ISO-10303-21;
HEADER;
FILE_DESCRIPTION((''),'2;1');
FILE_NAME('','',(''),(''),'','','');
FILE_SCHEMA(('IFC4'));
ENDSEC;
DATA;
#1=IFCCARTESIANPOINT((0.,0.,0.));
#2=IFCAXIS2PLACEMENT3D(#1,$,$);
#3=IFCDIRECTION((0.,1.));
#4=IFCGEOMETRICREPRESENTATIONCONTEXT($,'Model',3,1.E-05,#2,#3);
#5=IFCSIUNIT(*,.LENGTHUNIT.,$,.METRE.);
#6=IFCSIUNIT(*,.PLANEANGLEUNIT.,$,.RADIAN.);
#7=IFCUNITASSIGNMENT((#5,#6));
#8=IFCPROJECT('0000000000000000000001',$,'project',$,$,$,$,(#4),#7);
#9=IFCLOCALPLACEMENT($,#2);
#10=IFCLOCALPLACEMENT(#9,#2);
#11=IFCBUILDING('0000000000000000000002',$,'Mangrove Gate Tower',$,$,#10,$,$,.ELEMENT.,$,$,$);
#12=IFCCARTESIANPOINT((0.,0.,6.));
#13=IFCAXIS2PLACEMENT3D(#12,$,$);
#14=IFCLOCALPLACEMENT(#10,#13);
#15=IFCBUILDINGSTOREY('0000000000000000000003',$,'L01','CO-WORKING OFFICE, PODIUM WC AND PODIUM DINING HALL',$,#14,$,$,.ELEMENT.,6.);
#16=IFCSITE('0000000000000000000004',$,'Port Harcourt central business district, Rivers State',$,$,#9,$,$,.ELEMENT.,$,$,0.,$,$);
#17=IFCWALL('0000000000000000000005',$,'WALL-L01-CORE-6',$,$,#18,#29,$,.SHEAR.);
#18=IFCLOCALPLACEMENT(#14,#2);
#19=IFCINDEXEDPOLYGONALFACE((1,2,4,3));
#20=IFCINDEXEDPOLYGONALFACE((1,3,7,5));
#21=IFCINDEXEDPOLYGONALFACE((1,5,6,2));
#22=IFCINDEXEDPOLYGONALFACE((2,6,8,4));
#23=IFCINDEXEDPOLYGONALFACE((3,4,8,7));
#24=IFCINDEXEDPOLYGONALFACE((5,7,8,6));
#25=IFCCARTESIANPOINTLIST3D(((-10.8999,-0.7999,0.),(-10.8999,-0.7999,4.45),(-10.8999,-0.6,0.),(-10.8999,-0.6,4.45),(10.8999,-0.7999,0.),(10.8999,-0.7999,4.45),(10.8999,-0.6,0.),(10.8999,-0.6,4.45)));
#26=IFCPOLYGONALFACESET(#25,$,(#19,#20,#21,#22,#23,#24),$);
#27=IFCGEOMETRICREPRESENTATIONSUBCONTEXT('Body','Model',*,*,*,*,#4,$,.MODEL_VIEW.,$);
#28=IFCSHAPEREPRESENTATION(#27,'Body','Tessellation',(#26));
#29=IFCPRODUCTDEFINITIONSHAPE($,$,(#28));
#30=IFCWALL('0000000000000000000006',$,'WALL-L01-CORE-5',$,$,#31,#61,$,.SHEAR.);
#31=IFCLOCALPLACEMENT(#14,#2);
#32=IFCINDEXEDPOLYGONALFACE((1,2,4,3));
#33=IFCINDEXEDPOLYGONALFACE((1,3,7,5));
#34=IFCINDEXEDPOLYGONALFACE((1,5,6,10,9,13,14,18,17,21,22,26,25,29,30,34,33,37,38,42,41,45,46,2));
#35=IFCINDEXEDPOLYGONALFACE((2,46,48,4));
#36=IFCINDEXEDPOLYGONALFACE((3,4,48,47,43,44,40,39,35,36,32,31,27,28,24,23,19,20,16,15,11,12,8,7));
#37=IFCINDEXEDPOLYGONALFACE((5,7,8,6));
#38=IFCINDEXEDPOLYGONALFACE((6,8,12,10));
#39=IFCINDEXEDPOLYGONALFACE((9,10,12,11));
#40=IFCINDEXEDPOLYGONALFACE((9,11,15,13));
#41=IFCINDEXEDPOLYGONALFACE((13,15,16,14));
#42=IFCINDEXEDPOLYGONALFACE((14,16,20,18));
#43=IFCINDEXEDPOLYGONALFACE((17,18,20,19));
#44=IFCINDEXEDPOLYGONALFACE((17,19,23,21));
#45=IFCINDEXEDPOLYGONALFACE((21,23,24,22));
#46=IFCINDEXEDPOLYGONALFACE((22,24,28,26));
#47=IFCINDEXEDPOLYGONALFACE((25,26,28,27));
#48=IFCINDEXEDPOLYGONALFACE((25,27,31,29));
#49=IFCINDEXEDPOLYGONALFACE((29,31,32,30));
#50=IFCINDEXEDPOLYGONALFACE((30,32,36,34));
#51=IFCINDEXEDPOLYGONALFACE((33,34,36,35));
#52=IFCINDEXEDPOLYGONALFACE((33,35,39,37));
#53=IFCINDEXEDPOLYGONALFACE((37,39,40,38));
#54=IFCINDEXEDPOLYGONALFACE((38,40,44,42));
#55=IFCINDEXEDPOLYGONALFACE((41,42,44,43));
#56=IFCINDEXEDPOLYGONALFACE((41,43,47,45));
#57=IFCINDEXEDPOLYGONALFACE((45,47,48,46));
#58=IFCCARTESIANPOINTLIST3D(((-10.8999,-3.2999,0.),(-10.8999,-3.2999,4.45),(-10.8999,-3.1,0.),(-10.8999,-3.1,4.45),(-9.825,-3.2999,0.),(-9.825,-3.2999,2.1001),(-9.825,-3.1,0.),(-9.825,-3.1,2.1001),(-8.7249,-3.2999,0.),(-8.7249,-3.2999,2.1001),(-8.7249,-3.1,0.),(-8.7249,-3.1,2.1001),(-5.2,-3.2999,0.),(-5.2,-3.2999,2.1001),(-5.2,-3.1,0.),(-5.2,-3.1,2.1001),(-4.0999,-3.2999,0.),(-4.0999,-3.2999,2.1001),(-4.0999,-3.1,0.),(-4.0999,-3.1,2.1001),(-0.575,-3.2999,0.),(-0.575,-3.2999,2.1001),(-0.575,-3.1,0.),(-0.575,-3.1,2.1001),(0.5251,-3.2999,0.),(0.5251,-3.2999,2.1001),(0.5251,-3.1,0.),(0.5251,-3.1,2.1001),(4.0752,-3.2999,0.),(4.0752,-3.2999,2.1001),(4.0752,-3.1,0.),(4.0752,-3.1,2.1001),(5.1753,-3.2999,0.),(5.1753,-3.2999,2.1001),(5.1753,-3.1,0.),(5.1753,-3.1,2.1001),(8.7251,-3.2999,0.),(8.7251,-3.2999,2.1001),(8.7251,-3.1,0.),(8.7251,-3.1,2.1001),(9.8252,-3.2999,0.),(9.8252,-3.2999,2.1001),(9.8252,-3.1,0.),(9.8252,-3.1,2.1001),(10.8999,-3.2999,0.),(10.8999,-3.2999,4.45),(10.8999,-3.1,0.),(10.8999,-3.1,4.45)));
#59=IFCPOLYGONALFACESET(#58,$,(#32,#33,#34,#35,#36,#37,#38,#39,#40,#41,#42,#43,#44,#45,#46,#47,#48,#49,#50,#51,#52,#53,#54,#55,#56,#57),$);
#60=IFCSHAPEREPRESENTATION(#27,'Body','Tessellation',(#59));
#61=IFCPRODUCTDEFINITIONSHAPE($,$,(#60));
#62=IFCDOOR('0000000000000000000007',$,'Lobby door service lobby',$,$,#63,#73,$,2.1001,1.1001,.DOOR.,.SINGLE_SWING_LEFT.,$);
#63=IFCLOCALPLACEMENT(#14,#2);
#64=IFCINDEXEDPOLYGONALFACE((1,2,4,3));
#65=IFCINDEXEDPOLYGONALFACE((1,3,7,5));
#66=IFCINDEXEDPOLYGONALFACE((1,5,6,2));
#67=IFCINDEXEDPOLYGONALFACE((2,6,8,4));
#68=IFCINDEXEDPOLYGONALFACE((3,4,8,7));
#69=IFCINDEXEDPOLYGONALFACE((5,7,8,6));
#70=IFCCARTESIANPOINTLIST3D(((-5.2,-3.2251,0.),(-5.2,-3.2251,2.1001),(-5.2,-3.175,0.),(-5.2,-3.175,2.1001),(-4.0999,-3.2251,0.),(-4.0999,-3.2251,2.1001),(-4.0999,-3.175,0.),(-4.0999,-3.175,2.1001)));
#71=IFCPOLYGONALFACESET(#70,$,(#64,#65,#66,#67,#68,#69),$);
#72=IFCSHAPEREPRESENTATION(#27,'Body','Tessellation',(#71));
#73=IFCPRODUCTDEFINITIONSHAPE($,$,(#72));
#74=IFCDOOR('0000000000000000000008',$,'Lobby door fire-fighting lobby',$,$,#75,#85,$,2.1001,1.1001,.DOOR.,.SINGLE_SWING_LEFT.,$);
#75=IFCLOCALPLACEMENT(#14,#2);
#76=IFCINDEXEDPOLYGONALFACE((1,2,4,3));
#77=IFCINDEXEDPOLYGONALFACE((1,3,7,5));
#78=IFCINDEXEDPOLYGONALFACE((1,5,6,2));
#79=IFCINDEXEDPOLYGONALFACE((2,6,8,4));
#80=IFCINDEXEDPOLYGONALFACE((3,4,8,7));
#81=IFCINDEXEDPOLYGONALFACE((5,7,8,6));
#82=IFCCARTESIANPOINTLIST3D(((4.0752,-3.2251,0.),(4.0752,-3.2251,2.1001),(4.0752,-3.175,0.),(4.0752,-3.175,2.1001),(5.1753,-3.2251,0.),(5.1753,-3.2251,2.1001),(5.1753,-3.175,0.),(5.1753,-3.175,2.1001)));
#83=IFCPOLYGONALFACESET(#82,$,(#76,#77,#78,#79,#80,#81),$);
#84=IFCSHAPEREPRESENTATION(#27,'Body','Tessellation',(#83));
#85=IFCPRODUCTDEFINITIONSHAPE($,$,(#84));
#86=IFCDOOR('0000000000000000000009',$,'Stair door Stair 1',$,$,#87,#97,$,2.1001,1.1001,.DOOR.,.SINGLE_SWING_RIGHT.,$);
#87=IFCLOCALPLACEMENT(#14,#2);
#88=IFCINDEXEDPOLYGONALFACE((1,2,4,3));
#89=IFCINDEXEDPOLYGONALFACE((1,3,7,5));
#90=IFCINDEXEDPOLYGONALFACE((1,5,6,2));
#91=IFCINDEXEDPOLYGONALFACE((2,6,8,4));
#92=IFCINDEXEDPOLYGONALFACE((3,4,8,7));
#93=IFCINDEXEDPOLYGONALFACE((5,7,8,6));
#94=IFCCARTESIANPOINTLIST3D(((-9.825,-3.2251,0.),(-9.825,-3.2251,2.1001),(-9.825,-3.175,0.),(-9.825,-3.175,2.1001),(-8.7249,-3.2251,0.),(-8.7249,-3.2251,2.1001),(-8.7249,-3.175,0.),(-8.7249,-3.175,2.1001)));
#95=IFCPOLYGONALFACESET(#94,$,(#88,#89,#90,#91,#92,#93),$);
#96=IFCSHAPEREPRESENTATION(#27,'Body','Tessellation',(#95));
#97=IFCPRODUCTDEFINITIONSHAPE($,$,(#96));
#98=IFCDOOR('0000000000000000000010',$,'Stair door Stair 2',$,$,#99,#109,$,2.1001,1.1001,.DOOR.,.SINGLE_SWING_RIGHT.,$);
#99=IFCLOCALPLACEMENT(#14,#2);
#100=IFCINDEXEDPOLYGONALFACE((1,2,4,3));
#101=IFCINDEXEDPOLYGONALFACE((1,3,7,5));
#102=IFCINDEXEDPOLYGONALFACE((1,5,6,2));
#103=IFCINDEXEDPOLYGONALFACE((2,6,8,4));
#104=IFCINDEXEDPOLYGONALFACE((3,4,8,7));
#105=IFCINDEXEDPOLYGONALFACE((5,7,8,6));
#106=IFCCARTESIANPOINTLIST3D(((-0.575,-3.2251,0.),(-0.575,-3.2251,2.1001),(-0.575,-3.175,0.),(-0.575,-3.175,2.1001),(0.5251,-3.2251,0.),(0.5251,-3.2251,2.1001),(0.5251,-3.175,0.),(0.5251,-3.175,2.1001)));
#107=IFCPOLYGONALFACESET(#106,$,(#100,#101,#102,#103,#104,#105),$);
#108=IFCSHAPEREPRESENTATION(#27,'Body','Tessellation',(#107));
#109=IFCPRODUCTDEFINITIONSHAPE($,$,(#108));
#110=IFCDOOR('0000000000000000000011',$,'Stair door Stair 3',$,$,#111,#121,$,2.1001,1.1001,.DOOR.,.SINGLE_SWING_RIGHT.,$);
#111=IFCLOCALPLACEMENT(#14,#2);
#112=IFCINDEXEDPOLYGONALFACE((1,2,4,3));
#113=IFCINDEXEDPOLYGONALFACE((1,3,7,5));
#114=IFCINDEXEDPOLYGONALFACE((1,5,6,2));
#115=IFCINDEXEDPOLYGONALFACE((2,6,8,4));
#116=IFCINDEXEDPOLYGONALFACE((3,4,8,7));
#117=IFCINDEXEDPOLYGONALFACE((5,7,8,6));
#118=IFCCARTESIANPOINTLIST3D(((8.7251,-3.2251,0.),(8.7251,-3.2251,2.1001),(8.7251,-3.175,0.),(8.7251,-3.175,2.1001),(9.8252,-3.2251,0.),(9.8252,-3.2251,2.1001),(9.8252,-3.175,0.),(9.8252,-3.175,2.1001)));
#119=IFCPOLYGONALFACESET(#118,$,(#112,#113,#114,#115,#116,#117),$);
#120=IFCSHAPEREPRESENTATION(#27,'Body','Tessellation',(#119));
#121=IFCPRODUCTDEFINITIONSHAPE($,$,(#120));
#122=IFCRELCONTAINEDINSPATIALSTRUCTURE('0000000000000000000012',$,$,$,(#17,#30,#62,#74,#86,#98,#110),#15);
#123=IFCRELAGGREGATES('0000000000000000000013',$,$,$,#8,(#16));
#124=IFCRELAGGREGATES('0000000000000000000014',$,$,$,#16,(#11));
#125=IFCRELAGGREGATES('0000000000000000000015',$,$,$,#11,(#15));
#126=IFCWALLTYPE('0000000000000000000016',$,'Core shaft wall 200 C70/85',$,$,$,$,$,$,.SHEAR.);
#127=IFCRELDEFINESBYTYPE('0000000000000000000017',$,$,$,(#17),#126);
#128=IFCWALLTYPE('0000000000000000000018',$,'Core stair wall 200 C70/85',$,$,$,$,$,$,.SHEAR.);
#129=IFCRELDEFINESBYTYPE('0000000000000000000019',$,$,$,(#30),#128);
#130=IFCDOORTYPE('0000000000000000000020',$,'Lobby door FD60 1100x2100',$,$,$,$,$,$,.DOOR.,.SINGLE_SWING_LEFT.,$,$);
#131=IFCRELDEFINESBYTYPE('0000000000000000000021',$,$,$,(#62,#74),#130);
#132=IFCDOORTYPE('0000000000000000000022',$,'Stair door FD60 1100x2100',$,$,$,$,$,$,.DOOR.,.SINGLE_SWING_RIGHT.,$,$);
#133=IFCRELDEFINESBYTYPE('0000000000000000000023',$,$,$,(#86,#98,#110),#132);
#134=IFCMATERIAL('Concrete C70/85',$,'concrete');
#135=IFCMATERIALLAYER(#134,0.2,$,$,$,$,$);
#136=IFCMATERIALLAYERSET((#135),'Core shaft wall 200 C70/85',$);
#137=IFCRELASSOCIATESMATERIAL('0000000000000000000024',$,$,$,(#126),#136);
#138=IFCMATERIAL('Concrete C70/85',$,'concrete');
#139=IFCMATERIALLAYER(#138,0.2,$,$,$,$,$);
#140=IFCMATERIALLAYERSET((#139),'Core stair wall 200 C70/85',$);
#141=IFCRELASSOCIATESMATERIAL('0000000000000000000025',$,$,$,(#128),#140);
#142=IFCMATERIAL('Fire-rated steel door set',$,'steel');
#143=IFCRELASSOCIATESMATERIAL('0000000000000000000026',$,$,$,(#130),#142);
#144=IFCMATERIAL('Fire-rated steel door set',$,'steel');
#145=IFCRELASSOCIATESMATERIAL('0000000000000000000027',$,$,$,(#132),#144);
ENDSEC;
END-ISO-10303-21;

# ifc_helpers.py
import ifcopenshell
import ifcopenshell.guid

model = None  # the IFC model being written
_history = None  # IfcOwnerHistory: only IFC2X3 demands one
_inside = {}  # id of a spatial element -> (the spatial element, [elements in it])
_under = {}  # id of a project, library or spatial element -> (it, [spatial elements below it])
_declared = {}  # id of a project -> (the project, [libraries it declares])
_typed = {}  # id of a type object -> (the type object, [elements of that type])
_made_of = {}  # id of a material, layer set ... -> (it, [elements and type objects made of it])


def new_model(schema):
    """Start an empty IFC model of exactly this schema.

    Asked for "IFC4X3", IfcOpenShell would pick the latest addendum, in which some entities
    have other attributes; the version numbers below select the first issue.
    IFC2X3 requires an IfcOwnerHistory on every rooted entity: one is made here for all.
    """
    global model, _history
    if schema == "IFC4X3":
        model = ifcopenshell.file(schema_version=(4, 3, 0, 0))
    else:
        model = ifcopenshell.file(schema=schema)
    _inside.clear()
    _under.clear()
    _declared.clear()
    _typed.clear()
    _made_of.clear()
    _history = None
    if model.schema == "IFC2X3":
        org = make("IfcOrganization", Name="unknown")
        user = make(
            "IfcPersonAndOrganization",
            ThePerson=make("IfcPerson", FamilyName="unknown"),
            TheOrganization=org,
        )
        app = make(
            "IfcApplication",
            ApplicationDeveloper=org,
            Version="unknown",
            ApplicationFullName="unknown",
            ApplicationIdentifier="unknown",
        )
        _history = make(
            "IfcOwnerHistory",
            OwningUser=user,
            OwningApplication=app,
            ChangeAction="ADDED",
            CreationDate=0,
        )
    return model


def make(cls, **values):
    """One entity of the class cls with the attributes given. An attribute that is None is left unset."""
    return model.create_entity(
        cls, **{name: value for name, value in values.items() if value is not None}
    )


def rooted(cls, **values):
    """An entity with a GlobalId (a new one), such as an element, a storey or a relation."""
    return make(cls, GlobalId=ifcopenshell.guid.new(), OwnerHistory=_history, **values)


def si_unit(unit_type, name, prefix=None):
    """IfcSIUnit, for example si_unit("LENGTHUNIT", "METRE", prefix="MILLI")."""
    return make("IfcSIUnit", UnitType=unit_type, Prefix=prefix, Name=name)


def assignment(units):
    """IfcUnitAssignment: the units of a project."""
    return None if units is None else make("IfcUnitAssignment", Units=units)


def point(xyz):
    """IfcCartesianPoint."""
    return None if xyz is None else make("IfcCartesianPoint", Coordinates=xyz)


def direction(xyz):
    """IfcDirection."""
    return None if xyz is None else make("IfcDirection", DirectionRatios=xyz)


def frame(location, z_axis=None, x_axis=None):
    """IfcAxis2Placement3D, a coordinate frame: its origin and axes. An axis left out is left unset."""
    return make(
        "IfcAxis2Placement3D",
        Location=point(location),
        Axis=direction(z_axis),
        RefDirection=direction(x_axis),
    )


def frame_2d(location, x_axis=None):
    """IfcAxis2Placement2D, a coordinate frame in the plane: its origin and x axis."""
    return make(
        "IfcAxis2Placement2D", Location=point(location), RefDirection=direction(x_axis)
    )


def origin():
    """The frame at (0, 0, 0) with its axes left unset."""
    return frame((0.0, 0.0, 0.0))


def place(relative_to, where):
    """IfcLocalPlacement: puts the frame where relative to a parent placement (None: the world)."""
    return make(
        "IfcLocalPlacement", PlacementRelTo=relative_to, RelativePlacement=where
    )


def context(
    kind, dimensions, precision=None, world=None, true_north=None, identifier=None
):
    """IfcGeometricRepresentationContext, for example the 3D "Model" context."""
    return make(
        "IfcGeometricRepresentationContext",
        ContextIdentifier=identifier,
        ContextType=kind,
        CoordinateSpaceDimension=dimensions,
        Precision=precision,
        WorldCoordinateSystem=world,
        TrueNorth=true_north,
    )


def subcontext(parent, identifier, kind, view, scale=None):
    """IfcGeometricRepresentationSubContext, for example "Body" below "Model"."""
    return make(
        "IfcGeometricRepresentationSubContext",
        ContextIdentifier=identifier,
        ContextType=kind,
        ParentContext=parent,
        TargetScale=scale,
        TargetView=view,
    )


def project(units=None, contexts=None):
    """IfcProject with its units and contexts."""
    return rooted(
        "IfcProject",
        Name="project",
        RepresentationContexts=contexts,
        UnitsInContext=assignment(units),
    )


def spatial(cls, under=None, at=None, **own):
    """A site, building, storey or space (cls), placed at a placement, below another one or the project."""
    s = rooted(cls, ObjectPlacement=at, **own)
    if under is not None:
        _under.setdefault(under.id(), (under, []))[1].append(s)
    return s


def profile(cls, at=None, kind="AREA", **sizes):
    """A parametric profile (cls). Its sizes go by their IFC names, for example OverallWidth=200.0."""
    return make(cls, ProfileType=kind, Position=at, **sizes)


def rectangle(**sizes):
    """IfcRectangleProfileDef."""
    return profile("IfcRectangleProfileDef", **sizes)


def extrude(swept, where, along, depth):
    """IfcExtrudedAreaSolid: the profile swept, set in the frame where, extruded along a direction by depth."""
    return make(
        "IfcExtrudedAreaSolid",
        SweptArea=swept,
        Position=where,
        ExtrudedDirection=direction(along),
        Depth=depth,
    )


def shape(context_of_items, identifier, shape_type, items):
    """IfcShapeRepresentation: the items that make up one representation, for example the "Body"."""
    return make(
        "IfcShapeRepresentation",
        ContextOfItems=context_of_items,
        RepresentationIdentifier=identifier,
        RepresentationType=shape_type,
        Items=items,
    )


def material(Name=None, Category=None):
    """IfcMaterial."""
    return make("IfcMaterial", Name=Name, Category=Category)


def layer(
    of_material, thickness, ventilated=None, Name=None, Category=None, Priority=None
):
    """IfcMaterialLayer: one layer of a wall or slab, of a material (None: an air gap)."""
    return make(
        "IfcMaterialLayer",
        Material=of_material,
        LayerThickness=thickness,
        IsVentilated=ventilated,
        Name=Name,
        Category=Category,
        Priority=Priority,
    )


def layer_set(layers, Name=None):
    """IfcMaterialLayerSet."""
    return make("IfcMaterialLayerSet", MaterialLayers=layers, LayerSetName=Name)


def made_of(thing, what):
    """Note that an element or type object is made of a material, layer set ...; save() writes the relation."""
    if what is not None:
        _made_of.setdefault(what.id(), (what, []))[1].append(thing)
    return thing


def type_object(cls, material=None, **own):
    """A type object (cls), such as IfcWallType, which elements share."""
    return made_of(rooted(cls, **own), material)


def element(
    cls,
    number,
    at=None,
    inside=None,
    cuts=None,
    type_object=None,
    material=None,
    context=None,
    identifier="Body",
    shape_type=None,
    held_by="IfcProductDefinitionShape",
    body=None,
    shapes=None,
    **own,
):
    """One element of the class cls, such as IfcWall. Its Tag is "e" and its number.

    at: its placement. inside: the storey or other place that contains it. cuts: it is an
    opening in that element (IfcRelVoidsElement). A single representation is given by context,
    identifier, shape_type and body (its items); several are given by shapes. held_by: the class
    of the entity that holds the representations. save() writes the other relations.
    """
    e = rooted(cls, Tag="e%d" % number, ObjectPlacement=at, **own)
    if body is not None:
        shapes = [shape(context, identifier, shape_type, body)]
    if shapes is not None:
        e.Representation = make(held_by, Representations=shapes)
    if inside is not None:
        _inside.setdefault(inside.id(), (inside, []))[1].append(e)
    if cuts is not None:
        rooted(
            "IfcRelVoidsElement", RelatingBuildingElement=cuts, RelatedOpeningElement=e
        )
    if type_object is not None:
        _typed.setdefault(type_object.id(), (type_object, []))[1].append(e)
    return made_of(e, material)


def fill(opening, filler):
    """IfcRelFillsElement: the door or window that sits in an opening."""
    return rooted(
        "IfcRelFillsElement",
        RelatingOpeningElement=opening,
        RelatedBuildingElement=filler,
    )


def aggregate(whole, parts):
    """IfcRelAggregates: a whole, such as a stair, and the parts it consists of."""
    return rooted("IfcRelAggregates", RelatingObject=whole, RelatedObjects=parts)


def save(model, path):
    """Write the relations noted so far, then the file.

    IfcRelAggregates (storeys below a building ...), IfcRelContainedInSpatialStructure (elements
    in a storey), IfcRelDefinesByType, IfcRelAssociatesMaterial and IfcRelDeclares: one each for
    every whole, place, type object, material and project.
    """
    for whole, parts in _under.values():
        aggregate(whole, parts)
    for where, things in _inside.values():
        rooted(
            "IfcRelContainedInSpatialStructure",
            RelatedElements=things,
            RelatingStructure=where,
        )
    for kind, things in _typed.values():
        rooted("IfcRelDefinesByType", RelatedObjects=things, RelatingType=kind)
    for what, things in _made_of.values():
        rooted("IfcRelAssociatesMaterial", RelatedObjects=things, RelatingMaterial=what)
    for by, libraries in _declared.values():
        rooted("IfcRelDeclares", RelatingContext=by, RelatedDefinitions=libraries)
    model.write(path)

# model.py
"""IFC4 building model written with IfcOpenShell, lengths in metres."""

from ifc_helpers import new_model, si_unit, direction, frame, frame_2d, origin, place, context, subcontext, project, spatial, rectangle, extrude, material, layer, layer_set, type_object, element, fill, save


model = new_model("IFC4")

# Units and contexts
model_context = context("Model", 3, precision=1e-05, world=origin(), true_north=direction((0.0, 1.0)))
body_context = subcontext(model_context, "Body", "Model", "MODEL_VIEW")
ifc_project = project(units=[si_unit("LENGTHUNIT", "METRE"), si_unit("PLANEANGLEUNIT", "RADIAN")], contexts=[model_context])

# Site, building, storey
site_placement = place(None, origin())
site = spatial("IfcSite", under=ifc_project, at=site_placement, Name="Port Harcourt central business district, Rivers State", CompositionType="ELEMENT", RefElevation=0.0)
building_placement = place(site_placement, origin())
building = spatial("IfcBuilding", under=site, at=building_placement, Name="Mangrove Gate Tower", CompositionType="ELEMENT")
storey_placement = place(building_placement, frame((0.0, 0.0, 6.0)))
storey = spatial("IfcBuildingStorey", under=building, at=storey_placement, Name="L01", Description="CO-WORKING OFFICE, PODIUM WC AND PODIUM DINING HALL", CompositionType="ELEMENT", Elevation=6.0)

# Wall
ifc_material_1 = material(Name="Concrete C70/85", Category="concrete")
ifc_layer_1 = layer(ifc_material_1, 0.2)
ifc_layer_set_1 = layer_set([ifc_layer_1], Name="Core shaft wall 200 C70/85")
wall_type_1 = type_object("IfcWallType", Name="Core shaft wall 200 C70/85", PredefinedType="SHEAR", material=ifc_layer_set_1)
wall_1_placement = place(storey_placement, frame((-10.8999, -0.7, 0.0), z_axis=(0.0, 0.0, 1.0), x_axis=(1.0, 0.0, 0.0)))
element("IfcWall", 1, at=wall_1_placement, inside=storey, type_object=wall_type_1, Name="WALL-L01-CORE-6", PredefinedType="SHEAR", context=body_context, shape_type="SweptSolid", body=[
    extrude(rectangle(XDim=21.7998, YDim=0.2, at=frame_2d((10.8999, 0.0))), origin(), (0.0, 0.0, 1.0), 4.45),
])

# Wall, openings, doors
ifc_material_2 = material(Name="Concrete C70/85", Category="concrete")
ifc_layer_2 = layer(ifc_material_2, 0.2)
ifc_layer_set_2 = layer_set([ifc_layer_2], Name="Core stair wall 200 C70/85")
wall_type_2 = type_object("IfcWallType", Name="Core stair wall 200 C70/85", PredefinedType="SHEAR", material=ifc_layer_set_2)
wall_2_placement = place(storey_placement, frame((-10.8999, -3.2, 0.0), z_axis=(0.0, 0.0, 1.0), x_axis=(1.0, 0.0, 0.0)))
wall_2 = element("IfcWall", 2, at=wall_2_placement, inside=storey, type_object=wall_type_2, Name="WALL-L01-CORE-5", PredefinedType="SHEAR", context=body_context, shape_type="SweptSolid", body=[
    extrude(rectangle(XDim=21.7998, YDim=0.2, at=frame_2d((10.8999, 0.0))), origin(), (0.0, 0.0, 1.0), 4.45),
])
opening_1_placement = place(wall_2_placement, frame((1.075, 0.0, 0.0)))
opening_1 = element("IfcOpeningElement", 3, at=opening_1_placement, cuts=wall_2, PredefinedType="OPENING", context=body_context, shape_type="SweptSolid", body=[
    extrude(rectangle(XDim=1.1001, YDim=2.1001, at=frame_2d((0.55, 1.05))), frame((0.0, 0.1099, 0.0), z_axis=(0.0, -1.0, 0.0), x_axis=(1.0, 0.0, 0.0)), (0.0, 0.0, 1.0), 0.22),
])
opening_2_placement = place(wall_2_placement, frame((10.325, 0.0, 0.0)))
opening_2 = element("IfcOpeningElement", 4, at=opening_2_placement, cuts=wall_2, PredefinedType="OPENING", context=body_context, shape_type="SweptSolid", body=[
    extrude(rectangle(XDim=1.1001, YDim=2.1001, at=frame_2d((0.55, 1.05))), frame((0.0, 0.1099, 0.0), z_axis=(0.0, -1.0, 0.0), x_axis=(1.0, 0.0, 0.0)), (0.0, 0.0, 1.0), 0.22),
])
opening_3_placement = place(wall_2_placement, frame((19.625, 0.0, 0.0)))
opening_3 = element("IfcOpeningElement", 5, at=opening_3_placement, cuts=wall_2, PredefinedType="OPENING", context=body_context, shape_type="SweptSolid", body=[
    extrude(rectangle(XDim=1.1001, YDim=2.1001, at=frame_2d((0.55, 1.05))), frame((0.0, 0.1099, 0.0), z_axis=(0.0, -1.0, 0.0), x_axis=(1.0, 0.0, 0.0)), (0.0, 0.0, 1.0), 0.22),
])
opening_4_placement = place(wall_2_placement, frame((5.7, 0.0, 0.0)))
opening_4 = element("IfcOpeningElement", 6, at=opening_4_placement, cuts=wall_2, PredefinedType="OPENING", context=body_context, shape_type="SweptSolid", body=[
    extrude(rectangle(XDim=1.1001, YDim=2.1001, at=frame_2d((0.55, 1.05))), frame((0.0, 0.1099, 0.0), z_axis=(0.0, -1.0, 0.0), x_axis=(1.0, 0.0, 0.0)), (0.0, 0.0, 1.0), 0.22),
])
opening_5_placement = place(wall_2_placement, frame((14.9751, 0.0, 0.0)))
opening_5 = element("IfcOpeningElement", 7, at=opening_5_placement, cuts=wall_2, PredefinedType="OPENING", context=body_context, shape_type="SweptSolid", body=[
    extrude(rectangle(XDim=1.1001, YDim=2.1001, at=frame_2d((0.55, 1.05))), frame((0.0, 0.1099, 0.0), z_axis=(0.0, -1.0, 0.0), x_axis=(1.0, 0.0, 0.0)), (0.0, 0.0, 1.0), 0.22),
])
ifc_material_3 = material(Name="Fire-rated steel door set", Category="steel")
door_type_1 = type_object("IfcDoorType", Name="Lobby door FD60 1100x2100", OperationType="SINGLE_SWING_LEFT", PredefinedType="DOOR", material=ifc_material_3)
door_1_placement = place(opening_4_placement, origin())
door_1 = element("IfcDoor", 8, at=door_1_placement, inside=storey, type_object=door_type_1, Name="Lobby door service lobby", OperationType="SINGLE_SWING_LEFT", OverallHeight=2.1001, OverallWidth=1.1001, PredefinedType="DOOR", context=body_context, shape_type="SweptSolid", body=[
    extrude(rectangle(XDim=1.1001, YDim=2.1001, at=frame_2d((0.55, 1.05))), frame((0.0, 0.0249, 0.0), z_axis=(0.0, -1.0, 0.0), x_axis=(1.0, 0.0, 0.0)), (0.0, 0.0, 1.0), 0.05),
])
fill(opening_4, door_1)
door_2_placement = place(opening_5_placement, origin())
door_2 = element("IfcDoor", 9, at=door_2_placement, inside=storey, type_object=door_type_1, Name="Lobby door fire-fighting lobby", OperationType="SINGLE_SWING_LEFT", OverallHeight=2.1001, OverallWidth=1.1001, PredefinedType="DOOR", context=body_context, shape_type="SweptSolid", body=[
    extrude(rectangle(XDim=1.1001, YDim=2.1001, at=frame_2d((0.55, 1.05))), frame((0.0, 0.0249, 0.0), z_axis=(0.0, -1.0, 0.0), x_axis=(1.0, 0.0, 0.0)), (0.0, 0.0, 1.0), 0.05),
])
fill(opening_5, door_2)
ifc_material_4 = material(Name="Fire-rated steel door set", Category="steel")
door_type_2 = type_object("IfcDoorType", Name="Stair door FD60 1100x2100", OperationType="SINGLE_SWING_RIGHT", PredefinedType="DOOR", material=ifc_material_4)
door_3_placement = place(opening_1_placement, origin())
door_3 = element("IfcDoor", 10, at=door_3_placement, inside=storey, type_object=door_type_2, Name="Stair door Stair 1", OperationType="SINGLE_SWING_RIGHT", OverallHeight=2.1001, OverallWidth=1.1001, PredefinedType="DOOR", context=body_context, shape_type="SweptSolid", body=[
    extrude(rectangle(XDim=1.1001, YDim=2.1001, at=frame_2d((0.55, 1.05))), frame((0.0, 0.0249, 0.0), z_axis=(0.0, -1.0, 0.0), x_axis=(1.0, 0.0, 0.0)), (0.0, 0.0, 1.0), 0.05),
])
fill(opening_1, door_3)
door_4_placement = place(opening_2_placement, origin())
door_4 = element("IfcDoor", 11, at=door_4_placement, inside=storey, type_object=door_type_2, Name="Stair door Stair 2", OperationType="SINGLE_SWING_RIGHT", OverallHeight=2.1001, OverallWidth=1.1001, PredefinedType="DOOR", context=body_context, shape_type="SweptSolid", body=[
    extrude(rectangle(XDim=1.1001, YDim=2.1001, at=frame_2d((0.55, 1.05))), frame((0.0, 0.0249, 0.0), z_axis=(0.0, -1.0, 0.0), x_axis=(1.0, 0.0, 0.0)), (0.0, 0.0, 1.0), 0.05),
])
fill(opening_2, door_4)
door_5_placement = place(opening_3_placement, origin())
door_5 = element("IfcDoor", 12, at=door_5_placement, inside=storey, type_object=door_type_2, Name="Stair door Stair 3", OperationType="SINGLE_SWING_RIGHT", OverallHeight=2.1001, OverallWidth=1.1001, PredefinedType="DOOR", context=body_context, shape_type="SweptSolid", body=[
    extrude(rectangle(XDim=1.1001, YDim=2.1001, at=frame_2d((0.55, 1.05))), frame((0.0, 0.0249, 0.0), z_axis=(0.0, -1.0, 0.0), x_axis=(1.0, 0.0, 0.0)), (0.0, 0.0, 1.0), 0.05),
])
fill(opening_3, door_5)

save(model, "model.ifc")
